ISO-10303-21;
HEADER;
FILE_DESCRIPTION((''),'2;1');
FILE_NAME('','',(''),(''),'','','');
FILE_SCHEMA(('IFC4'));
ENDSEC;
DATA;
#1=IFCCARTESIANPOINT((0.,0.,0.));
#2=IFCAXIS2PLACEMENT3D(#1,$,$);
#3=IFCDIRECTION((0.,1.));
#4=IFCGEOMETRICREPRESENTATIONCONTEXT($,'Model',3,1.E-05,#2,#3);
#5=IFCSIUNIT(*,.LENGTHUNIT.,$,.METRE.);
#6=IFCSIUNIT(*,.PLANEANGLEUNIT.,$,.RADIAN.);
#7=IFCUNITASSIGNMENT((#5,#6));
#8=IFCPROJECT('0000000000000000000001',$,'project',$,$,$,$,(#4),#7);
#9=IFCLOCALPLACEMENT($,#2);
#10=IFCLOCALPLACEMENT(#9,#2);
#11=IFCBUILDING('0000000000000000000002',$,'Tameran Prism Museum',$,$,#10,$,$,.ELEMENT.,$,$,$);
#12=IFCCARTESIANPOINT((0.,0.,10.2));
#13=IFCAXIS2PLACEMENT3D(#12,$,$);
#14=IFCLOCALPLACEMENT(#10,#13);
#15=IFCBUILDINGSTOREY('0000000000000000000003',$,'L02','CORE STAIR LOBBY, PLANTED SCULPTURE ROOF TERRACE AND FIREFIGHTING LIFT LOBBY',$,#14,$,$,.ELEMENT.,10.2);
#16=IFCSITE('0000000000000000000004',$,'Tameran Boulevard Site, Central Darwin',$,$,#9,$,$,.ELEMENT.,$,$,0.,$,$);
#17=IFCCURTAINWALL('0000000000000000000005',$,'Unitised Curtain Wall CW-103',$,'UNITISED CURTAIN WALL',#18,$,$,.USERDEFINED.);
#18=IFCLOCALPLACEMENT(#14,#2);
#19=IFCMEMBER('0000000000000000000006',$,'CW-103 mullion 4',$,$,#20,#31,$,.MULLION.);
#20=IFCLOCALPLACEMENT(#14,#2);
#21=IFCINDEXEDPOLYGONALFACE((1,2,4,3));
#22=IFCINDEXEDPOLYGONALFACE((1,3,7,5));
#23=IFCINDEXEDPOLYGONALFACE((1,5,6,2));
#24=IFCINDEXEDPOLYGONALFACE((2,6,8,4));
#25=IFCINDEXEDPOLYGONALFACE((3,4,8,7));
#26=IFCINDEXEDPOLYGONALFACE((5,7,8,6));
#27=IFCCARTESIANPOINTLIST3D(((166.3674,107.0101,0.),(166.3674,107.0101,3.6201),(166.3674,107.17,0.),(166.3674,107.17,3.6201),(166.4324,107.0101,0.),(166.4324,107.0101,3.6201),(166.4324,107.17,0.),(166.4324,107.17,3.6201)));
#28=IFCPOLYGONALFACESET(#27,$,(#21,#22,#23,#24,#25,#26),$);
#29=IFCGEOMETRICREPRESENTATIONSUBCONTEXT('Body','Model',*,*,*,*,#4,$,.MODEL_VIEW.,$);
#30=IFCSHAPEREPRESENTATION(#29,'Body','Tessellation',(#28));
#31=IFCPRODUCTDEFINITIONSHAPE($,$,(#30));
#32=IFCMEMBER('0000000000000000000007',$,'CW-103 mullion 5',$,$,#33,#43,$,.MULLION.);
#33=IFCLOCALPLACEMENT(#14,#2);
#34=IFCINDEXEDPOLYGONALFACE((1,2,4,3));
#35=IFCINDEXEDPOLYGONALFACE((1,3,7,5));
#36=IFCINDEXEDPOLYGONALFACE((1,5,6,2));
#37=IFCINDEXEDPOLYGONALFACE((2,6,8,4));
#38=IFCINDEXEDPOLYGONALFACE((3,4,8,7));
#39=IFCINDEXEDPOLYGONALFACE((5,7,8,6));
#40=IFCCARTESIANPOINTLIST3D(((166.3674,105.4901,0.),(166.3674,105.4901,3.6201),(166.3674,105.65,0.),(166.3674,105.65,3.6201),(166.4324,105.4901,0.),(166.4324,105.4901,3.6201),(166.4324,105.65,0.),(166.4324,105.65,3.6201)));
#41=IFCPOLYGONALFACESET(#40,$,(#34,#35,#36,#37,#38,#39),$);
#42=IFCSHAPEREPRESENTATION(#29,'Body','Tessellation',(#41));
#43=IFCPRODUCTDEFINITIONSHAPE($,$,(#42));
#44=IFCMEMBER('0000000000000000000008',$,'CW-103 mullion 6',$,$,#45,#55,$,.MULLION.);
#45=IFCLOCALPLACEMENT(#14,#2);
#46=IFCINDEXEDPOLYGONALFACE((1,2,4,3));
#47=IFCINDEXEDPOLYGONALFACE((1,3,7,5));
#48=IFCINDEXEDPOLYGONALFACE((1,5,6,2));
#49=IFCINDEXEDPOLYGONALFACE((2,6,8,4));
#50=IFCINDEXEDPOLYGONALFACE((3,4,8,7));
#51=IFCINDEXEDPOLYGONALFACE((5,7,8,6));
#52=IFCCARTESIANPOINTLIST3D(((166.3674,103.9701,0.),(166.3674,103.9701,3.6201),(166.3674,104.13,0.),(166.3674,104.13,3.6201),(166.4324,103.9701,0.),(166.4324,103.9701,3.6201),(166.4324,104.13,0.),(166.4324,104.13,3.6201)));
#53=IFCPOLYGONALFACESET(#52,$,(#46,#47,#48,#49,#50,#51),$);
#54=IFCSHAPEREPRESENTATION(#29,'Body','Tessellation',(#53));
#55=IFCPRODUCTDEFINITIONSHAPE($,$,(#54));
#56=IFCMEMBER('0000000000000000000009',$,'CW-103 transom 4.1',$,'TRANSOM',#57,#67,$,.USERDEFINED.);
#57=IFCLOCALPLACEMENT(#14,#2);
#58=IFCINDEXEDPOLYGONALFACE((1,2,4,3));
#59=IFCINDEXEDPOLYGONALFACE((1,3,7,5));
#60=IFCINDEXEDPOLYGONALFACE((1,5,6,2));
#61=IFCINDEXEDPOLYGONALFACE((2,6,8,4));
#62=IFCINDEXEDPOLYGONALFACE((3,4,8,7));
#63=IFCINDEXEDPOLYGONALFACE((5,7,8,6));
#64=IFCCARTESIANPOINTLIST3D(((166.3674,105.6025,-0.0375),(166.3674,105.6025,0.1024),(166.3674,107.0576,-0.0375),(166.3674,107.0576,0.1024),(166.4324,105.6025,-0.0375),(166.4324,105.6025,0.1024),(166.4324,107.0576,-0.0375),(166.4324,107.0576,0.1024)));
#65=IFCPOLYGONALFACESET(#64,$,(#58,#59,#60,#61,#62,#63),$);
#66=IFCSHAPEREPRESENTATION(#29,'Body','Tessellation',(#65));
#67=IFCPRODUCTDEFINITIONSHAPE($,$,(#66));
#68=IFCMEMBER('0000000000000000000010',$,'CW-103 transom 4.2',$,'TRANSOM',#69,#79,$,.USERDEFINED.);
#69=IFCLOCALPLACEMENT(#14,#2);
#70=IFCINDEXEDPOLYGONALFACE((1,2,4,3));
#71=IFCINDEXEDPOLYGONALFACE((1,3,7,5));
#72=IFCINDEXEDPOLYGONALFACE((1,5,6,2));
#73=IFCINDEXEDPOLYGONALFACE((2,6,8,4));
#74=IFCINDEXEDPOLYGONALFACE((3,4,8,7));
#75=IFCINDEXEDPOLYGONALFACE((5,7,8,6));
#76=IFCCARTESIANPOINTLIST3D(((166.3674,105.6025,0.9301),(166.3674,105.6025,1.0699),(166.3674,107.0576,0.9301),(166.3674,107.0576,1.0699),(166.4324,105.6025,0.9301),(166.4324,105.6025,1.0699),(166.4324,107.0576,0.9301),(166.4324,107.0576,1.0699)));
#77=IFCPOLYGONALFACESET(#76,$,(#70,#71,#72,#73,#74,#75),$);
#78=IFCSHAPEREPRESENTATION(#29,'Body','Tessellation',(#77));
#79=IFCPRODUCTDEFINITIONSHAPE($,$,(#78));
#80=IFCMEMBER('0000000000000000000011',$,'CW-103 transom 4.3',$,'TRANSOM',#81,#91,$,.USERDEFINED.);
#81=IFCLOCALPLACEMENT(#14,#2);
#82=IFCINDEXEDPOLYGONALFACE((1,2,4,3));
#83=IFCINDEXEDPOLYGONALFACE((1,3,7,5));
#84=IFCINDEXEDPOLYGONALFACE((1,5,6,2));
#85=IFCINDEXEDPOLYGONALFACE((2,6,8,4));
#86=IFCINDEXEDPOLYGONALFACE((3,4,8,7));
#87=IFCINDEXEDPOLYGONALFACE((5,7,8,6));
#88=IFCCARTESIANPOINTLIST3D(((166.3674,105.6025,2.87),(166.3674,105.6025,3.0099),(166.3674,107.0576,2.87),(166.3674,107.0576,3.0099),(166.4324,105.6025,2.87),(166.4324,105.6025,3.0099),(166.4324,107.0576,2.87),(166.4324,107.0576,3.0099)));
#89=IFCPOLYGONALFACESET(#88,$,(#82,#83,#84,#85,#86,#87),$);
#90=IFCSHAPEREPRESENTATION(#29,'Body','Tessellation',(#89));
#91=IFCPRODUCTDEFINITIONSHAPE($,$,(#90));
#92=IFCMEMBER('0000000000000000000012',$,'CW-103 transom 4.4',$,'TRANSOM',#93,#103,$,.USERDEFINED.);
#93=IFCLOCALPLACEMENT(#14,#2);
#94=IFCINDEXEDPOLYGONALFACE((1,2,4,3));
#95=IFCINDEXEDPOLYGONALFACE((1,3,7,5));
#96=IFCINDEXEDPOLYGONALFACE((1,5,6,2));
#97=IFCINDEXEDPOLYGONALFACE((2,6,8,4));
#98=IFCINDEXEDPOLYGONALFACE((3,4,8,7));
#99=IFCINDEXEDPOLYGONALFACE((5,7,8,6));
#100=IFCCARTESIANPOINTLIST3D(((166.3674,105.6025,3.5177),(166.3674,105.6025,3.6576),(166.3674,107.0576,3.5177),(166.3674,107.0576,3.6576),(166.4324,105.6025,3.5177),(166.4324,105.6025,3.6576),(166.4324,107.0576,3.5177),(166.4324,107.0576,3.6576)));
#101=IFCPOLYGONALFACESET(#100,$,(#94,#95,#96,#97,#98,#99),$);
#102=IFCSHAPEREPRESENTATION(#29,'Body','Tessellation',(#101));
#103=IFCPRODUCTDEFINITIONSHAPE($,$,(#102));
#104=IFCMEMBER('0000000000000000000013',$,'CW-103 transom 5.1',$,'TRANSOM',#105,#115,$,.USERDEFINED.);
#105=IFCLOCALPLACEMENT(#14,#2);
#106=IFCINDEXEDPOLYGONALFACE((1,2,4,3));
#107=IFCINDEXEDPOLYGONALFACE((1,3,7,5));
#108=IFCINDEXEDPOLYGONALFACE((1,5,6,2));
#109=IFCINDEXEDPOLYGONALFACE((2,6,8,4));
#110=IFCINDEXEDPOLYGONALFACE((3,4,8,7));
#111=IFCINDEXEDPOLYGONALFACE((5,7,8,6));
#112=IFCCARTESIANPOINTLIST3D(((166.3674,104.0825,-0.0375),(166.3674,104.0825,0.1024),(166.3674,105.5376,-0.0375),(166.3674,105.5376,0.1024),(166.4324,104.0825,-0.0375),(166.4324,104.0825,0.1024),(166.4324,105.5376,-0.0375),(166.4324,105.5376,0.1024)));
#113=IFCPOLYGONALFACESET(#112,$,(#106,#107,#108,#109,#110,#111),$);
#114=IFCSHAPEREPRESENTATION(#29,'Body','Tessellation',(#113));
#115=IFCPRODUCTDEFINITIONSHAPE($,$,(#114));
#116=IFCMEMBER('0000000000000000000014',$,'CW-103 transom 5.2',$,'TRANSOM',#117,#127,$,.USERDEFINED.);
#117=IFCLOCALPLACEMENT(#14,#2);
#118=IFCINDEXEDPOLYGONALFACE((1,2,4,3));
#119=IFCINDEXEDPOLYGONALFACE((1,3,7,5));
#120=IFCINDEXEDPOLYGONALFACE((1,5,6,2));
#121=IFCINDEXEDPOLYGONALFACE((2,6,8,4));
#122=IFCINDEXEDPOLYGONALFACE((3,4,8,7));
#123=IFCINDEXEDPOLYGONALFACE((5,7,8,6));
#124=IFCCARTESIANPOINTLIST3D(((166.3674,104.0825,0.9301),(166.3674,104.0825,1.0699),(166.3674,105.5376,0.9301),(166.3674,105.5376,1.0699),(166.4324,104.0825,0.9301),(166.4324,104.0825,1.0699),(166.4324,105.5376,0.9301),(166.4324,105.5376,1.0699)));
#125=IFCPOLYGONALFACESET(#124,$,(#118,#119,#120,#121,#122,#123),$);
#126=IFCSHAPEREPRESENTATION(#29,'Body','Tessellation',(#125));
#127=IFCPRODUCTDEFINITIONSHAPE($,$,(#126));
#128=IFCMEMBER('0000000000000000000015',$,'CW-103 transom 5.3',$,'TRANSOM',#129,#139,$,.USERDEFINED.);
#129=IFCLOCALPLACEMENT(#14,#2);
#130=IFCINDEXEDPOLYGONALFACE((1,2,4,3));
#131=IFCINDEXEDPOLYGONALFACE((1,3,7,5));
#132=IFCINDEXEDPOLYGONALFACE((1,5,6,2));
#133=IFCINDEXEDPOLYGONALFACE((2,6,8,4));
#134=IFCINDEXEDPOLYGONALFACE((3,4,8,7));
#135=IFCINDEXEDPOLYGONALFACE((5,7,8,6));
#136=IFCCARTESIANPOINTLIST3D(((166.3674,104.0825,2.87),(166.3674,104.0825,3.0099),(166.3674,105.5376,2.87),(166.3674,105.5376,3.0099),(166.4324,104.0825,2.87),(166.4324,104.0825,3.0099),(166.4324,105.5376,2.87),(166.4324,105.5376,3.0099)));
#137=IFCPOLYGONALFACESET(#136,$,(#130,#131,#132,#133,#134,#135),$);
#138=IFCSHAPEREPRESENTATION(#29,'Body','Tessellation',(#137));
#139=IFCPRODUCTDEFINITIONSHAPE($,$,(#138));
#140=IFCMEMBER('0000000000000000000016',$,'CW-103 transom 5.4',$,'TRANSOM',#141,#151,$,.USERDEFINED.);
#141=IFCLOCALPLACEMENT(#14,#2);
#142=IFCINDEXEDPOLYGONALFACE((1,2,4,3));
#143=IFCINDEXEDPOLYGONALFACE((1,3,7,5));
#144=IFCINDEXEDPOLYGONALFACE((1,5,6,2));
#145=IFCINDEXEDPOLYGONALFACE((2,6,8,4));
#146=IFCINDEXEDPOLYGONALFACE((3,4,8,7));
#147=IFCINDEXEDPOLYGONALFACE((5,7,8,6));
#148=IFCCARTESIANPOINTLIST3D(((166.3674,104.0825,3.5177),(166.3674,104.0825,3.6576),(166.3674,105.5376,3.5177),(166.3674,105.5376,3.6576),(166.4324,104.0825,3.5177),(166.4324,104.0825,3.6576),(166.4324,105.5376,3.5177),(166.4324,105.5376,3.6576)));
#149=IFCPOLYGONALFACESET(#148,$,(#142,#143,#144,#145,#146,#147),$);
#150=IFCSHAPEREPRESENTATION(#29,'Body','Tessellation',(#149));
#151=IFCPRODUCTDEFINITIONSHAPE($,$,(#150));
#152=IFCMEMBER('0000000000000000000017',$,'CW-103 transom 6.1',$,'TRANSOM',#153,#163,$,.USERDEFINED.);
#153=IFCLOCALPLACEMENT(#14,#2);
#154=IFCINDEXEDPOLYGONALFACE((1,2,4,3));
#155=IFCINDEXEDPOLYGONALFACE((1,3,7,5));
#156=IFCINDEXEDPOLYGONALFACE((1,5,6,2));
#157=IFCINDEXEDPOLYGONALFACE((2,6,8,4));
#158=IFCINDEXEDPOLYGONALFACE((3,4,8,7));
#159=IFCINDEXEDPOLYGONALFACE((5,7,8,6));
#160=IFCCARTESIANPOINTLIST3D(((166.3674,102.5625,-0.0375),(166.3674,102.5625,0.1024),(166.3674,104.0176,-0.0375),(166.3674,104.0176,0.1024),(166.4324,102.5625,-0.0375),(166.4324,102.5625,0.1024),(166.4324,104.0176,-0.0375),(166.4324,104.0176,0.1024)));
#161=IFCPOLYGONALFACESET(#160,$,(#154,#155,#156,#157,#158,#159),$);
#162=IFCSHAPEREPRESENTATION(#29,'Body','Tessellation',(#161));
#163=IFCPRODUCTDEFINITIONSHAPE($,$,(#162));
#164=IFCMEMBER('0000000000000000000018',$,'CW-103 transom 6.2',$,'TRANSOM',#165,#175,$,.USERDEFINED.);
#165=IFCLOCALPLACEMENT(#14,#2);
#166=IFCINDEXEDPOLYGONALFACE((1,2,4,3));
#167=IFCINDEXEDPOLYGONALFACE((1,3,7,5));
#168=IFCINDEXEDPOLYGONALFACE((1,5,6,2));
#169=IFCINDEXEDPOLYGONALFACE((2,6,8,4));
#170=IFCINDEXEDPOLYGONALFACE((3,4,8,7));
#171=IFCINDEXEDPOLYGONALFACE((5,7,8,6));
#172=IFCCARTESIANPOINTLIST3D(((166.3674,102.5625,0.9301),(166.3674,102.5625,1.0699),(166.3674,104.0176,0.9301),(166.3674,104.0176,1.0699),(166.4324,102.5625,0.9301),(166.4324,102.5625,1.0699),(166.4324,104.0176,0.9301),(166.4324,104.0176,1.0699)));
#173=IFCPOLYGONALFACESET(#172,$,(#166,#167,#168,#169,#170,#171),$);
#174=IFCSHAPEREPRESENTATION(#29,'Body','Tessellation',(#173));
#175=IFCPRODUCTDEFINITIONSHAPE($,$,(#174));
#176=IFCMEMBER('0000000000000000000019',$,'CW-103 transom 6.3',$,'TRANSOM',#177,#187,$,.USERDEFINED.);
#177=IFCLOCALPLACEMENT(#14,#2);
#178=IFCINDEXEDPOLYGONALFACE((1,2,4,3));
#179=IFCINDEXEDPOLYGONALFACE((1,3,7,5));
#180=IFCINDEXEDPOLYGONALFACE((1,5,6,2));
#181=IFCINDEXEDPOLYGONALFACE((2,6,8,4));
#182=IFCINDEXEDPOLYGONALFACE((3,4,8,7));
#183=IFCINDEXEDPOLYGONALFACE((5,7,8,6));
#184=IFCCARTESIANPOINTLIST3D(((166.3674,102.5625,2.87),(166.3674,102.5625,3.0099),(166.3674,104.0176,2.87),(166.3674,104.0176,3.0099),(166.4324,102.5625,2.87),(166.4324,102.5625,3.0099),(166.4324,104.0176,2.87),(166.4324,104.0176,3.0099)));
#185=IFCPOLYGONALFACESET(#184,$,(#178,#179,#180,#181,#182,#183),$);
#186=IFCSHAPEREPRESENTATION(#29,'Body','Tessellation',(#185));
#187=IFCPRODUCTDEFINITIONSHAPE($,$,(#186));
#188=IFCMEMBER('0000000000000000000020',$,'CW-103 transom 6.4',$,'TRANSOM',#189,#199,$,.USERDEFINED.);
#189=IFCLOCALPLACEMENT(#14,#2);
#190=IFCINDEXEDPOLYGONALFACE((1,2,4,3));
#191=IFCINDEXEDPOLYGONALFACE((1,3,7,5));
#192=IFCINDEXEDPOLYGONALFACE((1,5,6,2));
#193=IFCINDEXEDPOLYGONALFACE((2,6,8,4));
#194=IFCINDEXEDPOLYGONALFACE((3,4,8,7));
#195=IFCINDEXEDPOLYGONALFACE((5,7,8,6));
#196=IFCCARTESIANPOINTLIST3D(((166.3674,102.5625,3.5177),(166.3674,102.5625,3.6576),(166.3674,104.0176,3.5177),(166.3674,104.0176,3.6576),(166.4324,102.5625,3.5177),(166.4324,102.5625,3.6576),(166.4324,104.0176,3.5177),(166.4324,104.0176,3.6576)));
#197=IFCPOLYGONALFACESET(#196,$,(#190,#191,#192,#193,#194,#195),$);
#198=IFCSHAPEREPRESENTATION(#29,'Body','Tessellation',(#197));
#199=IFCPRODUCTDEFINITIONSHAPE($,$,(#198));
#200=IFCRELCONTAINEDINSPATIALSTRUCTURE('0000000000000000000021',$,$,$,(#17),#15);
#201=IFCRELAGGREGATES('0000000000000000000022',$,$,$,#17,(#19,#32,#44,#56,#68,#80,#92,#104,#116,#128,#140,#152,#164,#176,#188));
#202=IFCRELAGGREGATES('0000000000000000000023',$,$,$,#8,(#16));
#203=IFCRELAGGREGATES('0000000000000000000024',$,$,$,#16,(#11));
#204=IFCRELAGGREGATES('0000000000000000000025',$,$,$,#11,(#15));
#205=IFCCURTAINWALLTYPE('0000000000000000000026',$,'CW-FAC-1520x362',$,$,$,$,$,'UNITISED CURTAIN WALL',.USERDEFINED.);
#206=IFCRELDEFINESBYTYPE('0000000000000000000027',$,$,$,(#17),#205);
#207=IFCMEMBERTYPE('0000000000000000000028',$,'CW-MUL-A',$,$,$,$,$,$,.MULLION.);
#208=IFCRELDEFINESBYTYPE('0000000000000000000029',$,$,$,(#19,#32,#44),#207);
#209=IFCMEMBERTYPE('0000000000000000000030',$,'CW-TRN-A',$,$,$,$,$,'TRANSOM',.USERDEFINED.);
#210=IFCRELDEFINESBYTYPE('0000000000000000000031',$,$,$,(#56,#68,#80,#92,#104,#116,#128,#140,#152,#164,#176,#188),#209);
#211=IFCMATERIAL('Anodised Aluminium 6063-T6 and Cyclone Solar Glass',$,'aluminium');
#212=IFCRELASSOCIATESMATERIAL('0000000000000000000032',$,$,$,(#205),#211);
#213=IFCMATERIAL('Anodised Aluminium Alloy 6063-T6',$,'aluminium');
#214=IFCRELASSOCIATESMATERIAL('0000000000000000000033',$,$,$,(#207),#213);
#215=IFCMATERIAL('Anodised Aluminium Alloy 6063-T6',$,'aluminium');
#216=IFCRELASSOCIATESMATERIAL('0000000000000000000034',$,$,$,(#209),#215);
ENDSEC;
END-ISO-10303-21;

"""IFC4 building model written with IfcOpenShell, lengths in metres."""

from ifc_helpers import new_model, si_unit, direction, frame, origin, origin_2d, place, context, subcontext, project, spatial, rectangle, extrude, material, material_profile, profile_set, type_object, element, aggregate, save


model = new_model("IFC4")

# Units and contexts
model_context = context("Model", 3, precision=1e-05, world=origin(), true_north=direction((0.0, 1.0)))
body_context = subcontext(model_context, "Body", "Model", "MODEL_VIEW")
ifc_project = project(units=[si_unit("LENGTHUNIT", "METRE"), si_unit("PLANEANGLEUNIT", "RADIAN")], contexts=[model_context])

# Site, building, storey
site_placement = place(None, origin())
site = spatial("IfcSite", under=ifc_project, at=site_placement, Name="Tameran Boulevard Site, Central Darwin", CompositionType="ELEMENT", RefElevation=0.0)
building_placement = place(site_placement, origin())
building = spatial("IfcBuilding", under=site, at=building_placement, Name="Tameran Prism Museum", CompositionType="ELEMENT")
storey_placement = place(building_placement, frame((0.0, 0.0, 10.2)))
storey = spatial("IfcBuildingStorey", under=building, at=storey_placement, Name="L02", Description="CORE STAIR LOBBY, PLANTED SCULPTURE ROOF TERRACE AND FIREFIGHTING LIFT LOBBY", CompositionType="ELEMENT", Elevation=10.2)

# Curtain wall, members
ifc_material_1 = material(Name="Anodised Aluminium 6063-T6 and Cyclone Solar Glass", Category="aluminium")
curtain_wall_type = type_object("IfcCurtainWallType", Name="CW-FAC-1520x362", ElementType="UNITISED CURTAIN WALL", PredefinedType="USERDEFINED", material=ifc_material_1)
curtain_wall_placement = place(storey_placement, origin())
curtain_wall = element("IfcCurtainWall", 1, at=curtain_wall_placement, inside=storey, type_object=curtain_wall_type, Name="Unitised Curtain Wall CW-103", ObjectType="UNITISED CURTAIN WALL", PredefinedType="USERDEFINED")
ifc_material_2 = material(Name="Anodised Aluminium Alloy 6063-T6", Category="aluminium")
ifc_material_profile_1 = material_profile(ifc_material_2, rectangle(XDim=0.0649, YDim=0.1599, at=origin_2d()))
ifc_profile_set_1 = profile_set([ifc_material_profile_1])
member_type_1 = type_object("IfcMemberType", Name="CW-MUL-A", PredefinedType="MULLION", material=ifc_profile_set_1)
member_1_placement = place(storey_placement, frame((166.3999, 107.0901, 0.0), z_axis=(0.0, 0.0, 1.0), x_axis=(1.0, 0.0, 0.0)))
member_1 = element("IfcMember", 2, at=member_1_placement, type_object=member_type_1, Name="CW-103 mullion 4", PredefinedType="MULLION", context=body_context, shape_type="SweptSolid", body=[
    extrude(rectangle(XDim=0.0649, YDim=0.1599, at=origin_2d()), origin(), (0.0, 0.0, 1.0), 3.6201),
])
member_2_placement = place(storey_placement, frame((166.3999, 105.5701, 0.0), z_axis=(0.0, 0.0, 1.0), x_axis=(1.0, 0.0, 0.0)))
member_2 = element("IfcMember", 3, at=member_2_placement, type_object=member_type_1, Name="CW-103 mullion 5", PredefinedType="MULLION", context=body_context, shape_type="SweptSolid", body=[
    extrude(rectangle(XDim=0.0649, YDim=0.1599, at=origin_2d()), origin(), (0.0, 0.0, 1.0), 3.6201),
])
member_3_placement = place(storey_placement, frame((166.3999, 104.05, 0.0), z_axis=(0.0, 0.0, 1.0), x_axis=(1.0, 0.0, 0.0)))
member_3 = element("IfcMember", 4, at=member_3_placement, type_object=member_type_1, Name="CW-103 mullion 6", PredefinedType="MULLION", context=body_context, shape_type="SweptSolid", body=[
    extrude(rectangle(XDim=0.0649, YDim=0.1599, at=origin_2d()), origin(), (0.0, 0.0, 1.0), 3.6201),
])
ifc_material_3 = material(Name="Anodised Aluminium Alloy 6063-T6", Category="aluminium")
ifc_material_profile_2 = material_profile(ifc_material_3, rectangle(XDim=0.0649, YDim=0.1399, at=origin_2d()))
ifc_profile_set_2 = profile_set([ifc_material_profile_2])
member_type_2 = type_object("IfcMemberType", Name="CW-TRN-A", ElementType="TRANSOM", PredefinedType="USERDEFINED", material=ifc_profile_set_2)
member_4_placement = place(storey_placement, frame((166.3999, 107.0576, 0.0325), z_axis=(0.0, -1.0, 0.0), x_axis=(1.0, 0.0, 0.0)))
member_4 = element("IfcMember", 5, at=member_4_placement, type_object=member_type_2, Name="CW-103 transom 4.1", ObjectType="TRANSOM", PredefinedType="USERDEFINED", context=body_context, shape_type="SweptSolid", body=[
    extrude(rectangle(XDim=0.0649, YDim=0.1399, at=origin_2d()), origin(), (0.0, 0.0, 1.0), 1.4551),
])
member_5_placement = place(storey_placement, frame((166.3999, 107.0576, 1.0), z_axis=(0.0, -1.0, 0.0), x_axis=(1.0, 0.0, 0.0)))
member_5 = element("IfcMember", 6, at=member_5_placement, type_object=member_type_2, Name="CW-103 transom 4.2", ObjectType="TRANSOM", PredefinedType="USERDEFINED", context=body_context, shape_type="SweptSolid", body=[
    extrude(rectangle(XDim=0.0649, YDim=0.1399, at=origin_2d()), origin(), (0.0, 0.0, 1.0), 1.4551),
])
member_6_placement = place(storey_placement, frame((166.3999, 107.0576, 2.9399), z_axis=(0.0, -1.0, 0.0), x_axis=(1.0, 0.0, 0.0)))
member_6 = element("IfcMember", 7, at=member_6_placement, type_object=member_type_2, Name="CW-103 transom 4.3", ObjectType="TRANSOM", PredefinedType="USERDEFINED", context=body_context, shape_type="SweptSolid", body=[
    extrude(rectangle(XDim=0.0649, YDim=0.1399, at=origin_2d()), origin(), (0.0, 0.0, 1.0), 1.4551),
])
member_7_placement = place(storey_placement, frame((166.3999, 107.0576, 3.5876), z_axis=(0.0, -1.0, 0.0), x_axis=(1.0, 0.0, 0.0)))
member_7 = element("IfcMember", 8, at=member_7_placement, type_object=member_type_2, Name="CW-103 transom 4.4", ObjectType="TRANSOM", PredefinedType="USERDEFINED", context=body_context, shape_type="SweptSolid", body=[
    extrude(rectangle(XDim=0.0649, YDim=0.1399, at=origin_2d()), origin(), (0.0, 0.0, 1.0), 1.4551),
])
member_8_placement = place(storey_placement, frame((166.3999, 105.5376, 0.0325), z_axis=(0.0, -1.0, 0.0), x_axis=(1.0, 0.0, 0.0)))
member_8 = element("IfcMember", 9, at=member_8_placement, type_object=member_type_2, Name="CW-103 transom 5.1", ObjectType="TRANSOM", PredefinedType="USERDEFINED", context=body_context, shape_type="SweptSolid", body=[
    extrude(rectangle(XDim=0.0649, YDim=0.1399, at=origin_2d()), origin(), (0.0, 0.0, 1.0), 1.4551),
])
member_9_placement = place(storey_placement, frame((166.3999, 105.5376, 1.0), z_axis=(0.0, -1.0, 0.0), x_axis=(1.0, 0.0, 0.0)))
member_9 = element("IfcMember", 10, at=member_9_placement, type_object=member_type_2, Name="CW-103 transom 5.2", ObjectType="TRANSOM", PredefinedType="USERDEFINED", context=body_context, shape_type="SweptSolid", body=[
    extrude(rectangle(XDim=0.0649, YDim=0.1399, at=origin_2d()), origin(), (0.0, 0.0, 1.0), 1.4551),
])
member_10_placement = place(storey_placement, frame((166.3999, 105.5376, 2.9399), z_axis=(0.0, -1.0, 0.0), x_axis=(1.0, 0.0, 0.0)))
member_10 = element("IfcMember", 11, at=member_10_placement, type_object=member_type_2, Name="CW-103 transom 5.3", ObjectType="TRANSOM", PredefinedType="USERDEFINED", context=body_context, shape_type="SweptSolid", body=[
    extrude(rectangle(XDim=0.0649, YDim=0.1399, at=origin_2d()), origin(), (0.0, 0.0, 1.0), 1.4551),
])
member_11_placement = place(storey_placement, frame((166.3999, 105.5376, 3.5876), z_axis=(0.0, -1.0, 0.0), x_axis=(1.0, 0.0, 0.0)))
member_11 = element("IfcMember", 12, at=member_11_placement, type_object=member_type_2, Name="CW-103 transom 5.4", ObjectType="TRANSOM", PredefinedType="USERDEFINED", context=body_context, shape_type="SweptSolid", body=[
    extrude(rectangle(XDim=0.0649, YDim=0.1399, at=origin_2d()), origin(), (0.0, 0.0, 1.0), 1.4551),
])
member_12_placement = place(storey_placement, frame((166.3999, 104.0176, 0.0325), z_axis=(0.0, -1.0, 0.0), x_axis=(1.0, 0.0, 0.0)))
member_12 = element("IfcMember", 13, at=member_12_placement, type_object=member_type_2, Name="CW-103 transom 6.1", ObjectType="TRANSOM", PredefinedType="USERDEFINED", context=body_context, shape_type="SweptSolid", body=[
    extrude(rectangle(XDim=0.0649, YDim=0.1399, at=origin_2d()), origin(), (0.0, 0.0, 1.0), 1.4551),
])
member_13_placement = place(storey_placement, frame((166.3999, 104.0176, 1.0), z_axis=(0.0, -1.0, 0.0), x_axis=(1.0, 0.0, 0.0)))
member_13 = element("IfcMember", 14, at=member_13_placement, type_object=member_type_2, Name="CW-103 transom 6.2", ObjectType="TRANSOM", PredefinedType="USERDEFINED", context=body_context, shape_type="SweptSolid", body=[
    extrude(rectangle(XDim=0.0649, YDim=0.1399, at=origin_2d()), origin(), (0.0, 0.0, 1.0), 1.4551),
])
member_14_placement = place(storey_placement, frame((166.3999, 104.0176, 2.9399), z_axis=(0.0, -1.0, 0.0), x_axis=(1.0, 0.0, 0.0)))
member_14 = element("IfcMember", 15, at=member_14_placement, type_object=member_type_2, Name="CW-103 transom 6.3", ObjectType="TRANSOM", PredefinedType="USERDEFINED", context=body_context, shape_type="SweptSolid", body=[
    extrude(rectangle(XDim=0.0649, YDim=0.1399, at=origin_2d()), origin(), (0.0, 0.0, 1.0), 1.4551),
])
member_15_placement = place(storey_placement, frame((166.3999, 104.0176, 3.5876), z_axis=(0.0, -1.0, 0.0), x_axis=(1.0, 0.0, 0.0)))
member_15 = element("IfcMember", 16, at=member_15_placement, type_object=member_type_2, Name="CW-103 transom 6.4", ObjectType="TRANSOM", PredefinedType="USERDEFINED", context=body_context, shape_type="SweptSolid", body=[
    extrude(rectangle(XDim=0.0649, YDim=0.1399, at=origin_2d()), origin(), (0.0, 0.0, 1.0), 1.4551),
])
aggregate(curtain_wall, [member_1, member_2, member_3, member_4, member_5, member_6, member_7, member_8, member_9, member_10, member_11, member_12, member_13, member_14, member_15])

save(model, "model.ifc")
